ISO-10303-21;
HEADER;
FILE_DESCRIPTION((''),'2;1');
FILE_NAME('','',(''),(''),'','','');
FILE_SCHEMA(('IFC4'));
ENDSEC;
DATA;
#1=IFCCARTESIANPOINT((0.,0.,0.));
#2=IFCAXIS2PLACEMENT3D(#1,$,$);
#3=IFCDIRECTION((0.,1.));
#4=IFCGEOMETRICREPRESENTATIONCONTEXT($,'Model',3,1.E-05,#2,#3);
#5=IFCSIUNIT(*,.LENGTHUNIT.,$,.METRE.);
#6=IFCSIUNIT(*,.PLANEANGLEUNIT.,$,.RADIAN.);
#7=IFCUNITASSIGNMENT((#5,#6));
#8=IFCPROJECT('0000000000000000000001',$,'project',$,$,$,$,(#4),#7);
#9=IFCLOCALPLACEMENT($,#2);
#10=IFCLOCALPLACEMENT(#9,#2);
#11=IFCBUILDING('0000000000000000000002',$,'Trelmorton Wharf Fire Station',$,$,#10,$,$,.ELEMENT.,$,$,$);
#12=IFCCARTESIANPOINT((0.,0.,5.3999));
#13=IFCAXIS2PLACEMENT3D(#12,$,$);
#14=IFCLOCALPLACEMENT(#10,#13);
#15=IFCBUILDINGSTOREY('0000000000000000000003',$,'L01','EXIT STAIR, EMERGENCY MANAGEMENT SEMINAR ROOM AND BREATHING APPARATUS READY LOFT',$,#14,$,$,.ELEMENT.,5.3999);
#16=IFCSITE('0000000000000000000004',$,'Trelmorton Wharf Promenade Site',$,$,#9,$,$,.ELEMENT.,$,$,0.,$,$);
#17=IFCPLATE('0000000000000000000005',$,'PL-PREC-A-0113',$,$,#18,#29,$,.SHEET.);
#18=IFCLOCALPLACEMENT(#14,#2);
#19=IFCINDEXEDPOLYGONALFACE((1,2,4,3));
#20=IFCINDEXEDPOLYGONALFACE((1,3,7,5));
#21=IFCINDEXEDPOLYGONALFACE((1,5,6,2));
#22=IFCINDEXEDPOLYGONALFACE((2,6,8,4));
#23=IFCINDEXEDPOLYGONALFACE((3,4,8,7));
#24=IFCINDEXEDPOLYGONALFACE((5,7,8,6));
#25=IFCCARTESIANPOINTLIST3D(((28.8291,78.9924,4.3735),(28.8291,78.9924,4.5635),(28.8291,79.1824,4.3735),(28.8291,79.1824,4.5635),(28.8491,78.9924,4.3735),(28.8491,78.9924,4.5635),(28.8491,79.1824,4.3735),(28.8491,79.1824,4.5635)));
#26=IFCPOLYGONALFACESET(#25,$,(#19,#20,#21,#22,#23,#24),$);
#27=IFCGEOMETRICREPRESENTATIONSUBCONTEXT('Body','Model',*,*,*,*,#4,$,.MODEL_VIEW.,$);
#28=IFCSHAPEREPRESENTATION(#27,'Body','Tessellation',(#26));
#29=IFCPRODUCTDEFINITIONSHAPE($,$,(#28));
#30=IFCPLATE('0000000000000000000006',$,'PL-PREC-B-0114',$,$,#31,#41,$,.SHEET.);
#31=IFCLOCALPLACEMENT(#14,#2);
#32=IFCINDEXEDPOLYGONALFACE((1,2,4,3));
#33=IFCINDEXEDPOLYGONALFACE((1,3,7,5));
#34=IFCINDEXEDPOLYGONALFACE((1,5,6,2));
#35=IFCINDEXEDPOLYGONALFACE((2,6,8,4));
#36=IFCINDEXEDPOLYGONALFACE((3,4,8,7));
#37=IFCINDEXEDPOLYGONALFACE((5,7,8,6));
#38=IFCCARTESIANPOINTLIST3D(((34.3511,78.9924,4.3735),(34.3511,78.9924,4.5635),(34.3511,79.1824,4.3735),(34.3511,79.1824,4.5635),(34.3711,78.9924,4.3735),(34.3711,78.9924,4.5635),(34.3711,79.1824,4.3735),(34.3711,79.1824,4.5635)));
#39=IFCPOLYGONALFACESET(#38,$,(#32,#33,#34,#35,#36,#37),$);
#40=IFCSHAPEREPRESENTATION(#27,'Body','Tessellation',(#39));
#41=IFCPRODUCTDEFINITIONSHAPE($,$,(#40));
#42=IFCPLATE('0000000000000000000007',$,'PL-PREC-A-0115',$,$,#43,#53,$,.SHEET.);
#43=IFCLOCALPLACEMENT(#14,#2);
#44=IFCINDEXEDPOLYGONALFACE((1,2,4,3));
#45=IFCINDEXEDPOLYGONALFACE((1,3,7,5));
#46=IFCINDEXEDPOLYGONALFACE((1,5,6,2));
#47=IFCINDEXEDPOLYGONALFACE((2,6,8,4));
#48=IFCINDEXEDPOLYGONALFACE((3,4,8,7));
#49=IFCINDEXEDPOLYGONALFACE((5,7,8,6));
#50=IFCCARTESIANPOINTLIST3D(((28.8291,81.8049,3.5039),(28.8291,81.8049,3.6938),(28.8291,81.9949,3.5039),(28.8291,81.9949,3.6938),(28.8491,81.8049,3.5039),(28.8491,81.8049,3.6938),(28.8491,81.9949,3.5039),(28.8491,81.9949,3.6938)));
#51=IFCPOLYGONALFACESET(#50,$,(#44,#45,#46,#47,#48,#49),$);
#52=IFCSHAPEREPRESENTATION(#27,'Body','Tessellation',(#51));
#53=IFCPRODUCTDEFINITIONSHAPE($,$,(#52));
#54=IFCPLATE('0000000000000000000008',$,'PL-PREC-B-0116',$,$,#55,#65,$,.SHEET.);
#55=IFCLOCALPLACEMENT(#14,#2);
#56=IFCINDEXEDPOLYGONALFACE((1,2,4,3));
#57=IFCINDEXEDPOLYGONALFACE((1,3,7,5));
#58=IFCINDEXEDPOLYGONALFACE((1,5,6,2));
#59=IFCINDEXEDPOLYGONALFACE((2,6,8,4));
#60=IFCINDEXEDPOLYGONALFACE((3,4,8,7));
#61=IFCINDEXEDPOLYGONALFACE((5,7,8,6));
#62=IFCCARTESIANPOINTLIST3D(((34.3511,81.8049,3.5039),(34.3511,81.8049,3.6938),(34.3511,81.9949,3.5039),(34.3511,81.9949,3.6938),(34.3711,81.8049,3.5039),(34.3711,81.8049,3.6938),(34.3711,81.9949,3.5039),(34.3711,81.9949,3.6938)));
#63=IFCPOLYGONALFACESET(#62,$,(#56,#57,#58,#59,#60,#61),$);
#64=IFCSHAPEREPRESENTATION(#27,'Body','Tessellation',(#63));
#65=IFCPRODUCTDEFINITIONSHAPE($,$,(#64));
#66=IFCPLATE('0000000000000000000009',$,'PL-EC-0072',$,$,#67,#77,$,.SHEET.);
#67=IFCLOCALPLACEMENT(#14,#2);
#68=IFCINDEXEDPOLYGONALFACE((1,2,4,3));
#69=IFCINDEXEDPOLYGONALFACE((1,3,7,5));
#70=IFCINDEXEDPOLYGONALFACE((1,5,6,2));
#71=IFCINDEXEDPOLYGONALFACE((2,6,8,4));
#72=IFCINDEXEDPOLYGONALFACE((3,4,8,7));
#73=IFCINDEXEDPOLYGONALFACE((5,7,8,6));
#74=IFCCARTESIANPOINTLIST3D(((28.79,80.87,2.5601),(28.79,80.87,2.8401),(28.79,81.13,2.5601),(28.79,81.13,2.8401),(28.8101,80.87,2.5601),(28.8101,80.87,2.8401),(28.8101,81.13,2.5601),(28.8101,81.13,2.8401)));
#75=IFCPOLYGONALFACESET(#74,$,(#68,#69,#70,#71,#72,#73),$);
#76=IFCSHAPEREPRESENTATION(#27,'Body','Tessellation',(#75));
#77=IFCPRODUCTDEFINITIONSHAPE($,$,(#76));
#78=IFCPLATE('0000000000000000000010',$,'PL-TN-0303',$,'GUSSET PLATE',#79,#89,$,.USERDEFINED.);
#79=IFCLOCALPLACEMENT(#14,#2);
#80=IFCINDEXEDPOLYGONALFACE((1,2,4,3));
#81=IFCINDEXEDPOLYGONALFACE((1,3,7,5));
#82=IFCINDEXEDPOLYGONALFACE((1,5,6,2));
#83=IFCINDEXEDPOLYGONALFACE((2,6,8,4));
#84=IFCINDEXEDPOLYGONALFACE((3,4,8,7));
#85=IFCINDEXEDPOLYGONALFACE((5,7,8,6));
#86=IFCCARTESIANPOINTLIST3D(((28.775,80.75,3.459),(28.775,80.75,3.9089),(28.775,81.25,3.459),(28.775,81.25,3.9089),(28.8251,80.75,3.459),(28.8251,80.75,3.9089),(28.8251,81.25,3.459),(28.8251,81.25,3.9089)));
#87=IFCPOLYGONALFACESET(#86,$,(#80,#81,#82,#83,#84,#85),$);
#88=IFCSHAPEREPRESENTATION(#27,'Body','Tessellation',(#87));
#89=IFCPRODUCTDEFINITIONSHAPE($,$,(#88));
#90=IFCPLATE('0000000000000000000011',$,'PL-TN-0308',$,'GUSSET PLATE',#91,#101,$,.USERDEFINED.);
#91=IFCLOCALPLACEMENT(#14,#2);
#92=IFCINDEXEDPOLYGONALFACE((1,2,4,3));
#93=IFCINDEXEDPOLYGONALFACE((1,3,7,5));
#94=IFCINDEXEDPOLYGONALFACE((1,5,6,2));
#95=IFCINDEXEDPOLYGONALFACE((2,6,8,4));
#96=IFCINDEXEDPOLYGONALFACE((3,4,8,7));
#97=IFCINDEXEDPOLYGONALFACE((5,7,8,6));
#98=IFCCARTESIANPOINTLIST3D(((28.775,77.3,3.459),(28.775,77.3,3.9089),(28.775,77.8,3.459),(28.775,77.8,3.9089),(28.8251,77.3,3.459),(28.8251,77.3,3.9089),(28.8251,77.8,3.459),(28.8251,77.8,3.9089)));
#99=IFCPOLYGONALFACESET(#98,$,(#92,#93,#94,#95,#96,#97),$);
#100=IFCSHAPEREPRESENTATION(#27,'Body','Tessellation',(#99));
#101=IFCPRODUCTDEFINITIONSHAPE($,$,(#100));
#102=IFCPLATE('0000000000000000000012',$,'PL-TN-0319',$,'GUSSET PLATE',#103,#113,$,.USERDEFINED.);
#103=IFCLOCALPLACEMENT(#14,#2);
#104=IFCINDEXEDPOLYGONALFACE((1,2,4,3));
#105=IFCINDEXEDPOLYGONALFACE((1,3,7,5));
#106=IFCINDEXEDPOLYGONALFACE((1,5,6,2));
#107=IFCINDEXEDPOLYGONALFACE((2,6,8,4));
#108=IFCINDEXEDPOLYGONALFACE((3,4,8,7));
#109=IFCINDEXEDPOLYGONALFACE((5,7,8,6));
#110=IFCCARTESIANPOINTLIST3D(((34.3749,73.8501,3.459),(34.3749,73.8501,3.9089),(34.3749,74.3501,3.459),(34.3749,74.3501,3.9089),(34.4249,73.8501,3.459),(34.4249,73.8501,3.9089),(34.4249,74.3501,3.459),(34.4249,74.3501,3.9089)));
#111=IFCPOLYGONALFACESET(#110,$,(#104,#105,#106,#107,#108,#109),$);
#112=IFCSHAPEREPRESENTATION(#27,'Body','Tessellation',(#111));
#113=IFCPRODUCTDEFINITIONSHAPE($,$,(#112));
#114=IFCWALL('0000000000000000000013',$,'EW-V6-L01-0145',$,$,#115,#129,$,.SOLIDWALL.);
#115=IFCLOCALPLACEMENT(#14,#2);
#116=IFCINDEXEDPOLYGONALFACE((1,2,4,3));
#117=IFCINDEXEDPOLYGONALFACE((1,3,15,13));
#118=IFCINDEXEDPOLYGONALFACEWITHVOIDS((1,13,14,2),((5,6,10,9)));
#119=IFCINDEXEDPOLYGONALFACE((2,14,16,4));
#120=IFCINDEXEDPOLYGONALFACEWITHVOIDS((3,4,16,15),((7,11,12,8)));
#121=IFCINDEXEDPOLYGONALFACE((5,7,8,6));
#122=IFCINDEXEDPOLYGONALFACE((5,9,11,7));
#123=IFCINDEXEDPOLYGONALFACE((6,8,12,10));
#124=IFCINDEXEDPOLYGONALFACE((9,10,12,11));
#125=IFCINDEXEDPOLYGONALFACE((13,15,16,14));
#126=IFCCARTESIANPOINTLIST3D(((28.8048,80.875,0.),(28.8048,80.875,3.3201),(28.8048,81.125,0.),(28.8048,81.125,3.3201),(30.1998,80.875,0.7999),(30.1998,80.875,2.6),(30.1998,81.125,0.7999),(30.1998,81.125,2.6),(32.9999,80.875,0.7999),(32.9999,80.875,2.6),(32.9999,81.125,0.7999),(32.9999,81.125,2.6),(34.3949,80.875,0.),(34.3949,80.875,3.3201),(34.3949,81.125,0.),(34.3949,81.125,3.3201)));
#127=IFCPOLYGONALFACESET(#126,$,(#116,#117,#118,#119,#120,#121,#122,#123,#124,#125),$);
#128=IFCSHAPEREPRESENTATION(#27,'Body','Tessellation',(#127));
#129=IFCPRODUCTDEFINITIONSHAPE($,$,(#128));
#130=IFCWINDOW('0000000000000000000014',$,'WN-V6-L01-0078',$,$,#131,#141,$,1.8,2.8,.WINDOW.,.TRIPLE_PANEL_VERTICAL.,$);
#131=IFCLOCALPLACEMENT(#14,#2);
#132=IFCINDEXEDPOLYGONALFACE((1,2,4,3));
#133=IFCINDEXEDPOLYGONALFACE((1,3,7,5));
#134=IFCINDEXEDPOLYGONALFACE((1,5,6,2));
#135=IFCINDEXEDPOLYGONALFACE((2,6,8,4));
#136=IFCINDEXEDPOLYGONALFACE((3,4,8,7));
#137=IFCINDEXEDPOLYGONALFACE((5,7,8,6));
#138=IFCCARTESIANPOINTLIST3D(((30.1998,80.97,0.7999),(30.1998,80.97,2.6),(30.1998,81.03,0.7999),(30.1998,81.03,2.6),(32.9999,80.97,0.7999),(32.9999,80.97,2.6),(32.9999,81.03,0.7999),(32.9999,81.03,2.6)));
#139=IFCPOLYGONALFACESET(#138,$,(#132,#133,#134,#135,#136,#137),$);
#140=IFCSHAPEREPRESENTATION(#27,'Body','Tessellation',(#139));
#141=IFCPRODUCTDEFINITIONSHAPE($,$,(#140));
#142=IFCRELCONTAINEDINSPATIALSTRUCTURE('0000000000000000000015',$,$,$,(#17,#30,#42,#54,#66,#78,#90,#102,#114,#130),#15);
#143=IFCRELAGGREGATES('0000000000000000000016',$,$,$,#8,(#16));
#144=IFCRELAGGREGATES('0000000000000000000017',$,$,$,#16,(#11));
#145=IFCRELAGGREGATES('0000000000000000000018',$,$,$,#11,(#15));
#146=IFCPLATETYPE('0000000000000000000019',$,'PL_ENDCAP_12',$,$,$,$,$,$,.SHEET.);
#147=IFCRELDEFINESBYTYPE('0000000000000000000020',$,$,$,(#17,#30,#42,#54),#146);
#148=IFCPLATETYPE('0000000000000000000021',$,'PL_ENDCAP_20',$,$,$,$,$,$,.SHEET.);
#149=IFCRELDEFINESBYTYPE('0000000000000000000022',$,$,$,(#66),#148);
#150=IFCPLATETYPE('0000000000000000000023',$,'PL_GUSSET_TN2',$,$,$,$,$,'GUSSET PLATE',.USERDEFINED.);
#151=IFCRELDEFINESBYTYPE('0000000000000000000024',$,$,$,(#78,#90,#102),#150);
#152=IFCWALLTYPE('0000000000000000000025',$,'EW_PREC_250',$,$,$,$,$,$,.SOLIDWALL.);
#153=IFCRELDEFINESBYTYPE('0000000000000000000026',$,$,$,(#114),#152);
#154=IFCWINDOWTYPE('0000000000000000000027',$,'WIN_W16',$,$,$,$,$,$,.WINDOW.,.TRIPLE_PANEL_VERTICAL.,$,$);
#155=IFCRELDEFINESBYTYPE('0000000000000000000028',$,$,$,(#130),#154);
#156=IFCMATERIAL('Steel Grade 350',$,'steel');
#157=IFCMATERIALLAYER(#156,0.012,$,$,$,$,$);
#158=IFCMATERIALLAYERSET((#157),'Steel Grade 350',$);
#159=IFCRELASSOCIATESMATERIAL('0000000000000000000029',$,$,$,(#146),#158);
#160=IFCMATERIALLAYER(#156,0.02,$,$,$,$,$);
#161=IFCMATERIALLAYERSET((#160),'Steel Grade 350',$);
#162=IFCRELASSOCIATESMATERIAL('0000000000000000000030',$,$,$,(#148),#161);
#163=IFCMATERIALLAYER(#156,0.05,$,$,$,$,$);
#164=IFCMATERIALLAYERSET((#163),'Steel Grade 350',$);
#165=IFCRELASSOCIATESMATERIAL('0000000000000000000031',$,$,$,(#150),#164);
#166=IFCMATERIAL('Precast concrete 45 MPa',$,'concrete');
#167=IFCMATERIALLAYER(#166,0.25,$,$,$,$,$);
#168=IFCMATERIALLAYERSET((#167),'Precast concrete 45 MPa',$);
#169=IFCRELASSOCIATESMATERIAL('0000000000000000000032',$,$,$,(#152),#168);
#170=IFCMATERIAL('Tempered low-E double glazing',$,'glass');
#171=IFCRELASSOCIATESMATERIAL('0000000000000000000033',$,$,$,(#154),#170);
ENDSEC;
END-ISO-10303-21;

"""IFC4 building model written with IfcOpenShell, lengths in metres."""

from ifc_helpers import new_model, si_unit, direction, frame, frame_2d, origin, origin_2d, place, context, subcontext, project, spatial, rectangle, extrude, material, layer, layer_set, type_object, element, fill, save


model = new_model("IFC4")

# Units and contexts
model_context = context("Model", 3, precision=1e-05, world=origin(), true_north=direction((0.0, 1.0)))
body_context = subcontext(model_context, "Body", "Model", "MODEL_VIEW")
ifc_project = project(units=[si_unit("LENGTHUNIT", "METRE"), si_unit("PLANEANGLEUNIT", "RADIAN")], contexts=[model_context])

# Site, building, storey
site_placement = place(None, origin())
site = spatial("IfcSite", under=ifc_project, at=site_placement, Name="Trelmorton Wharf Promenade Site", CompositionType="ELEMENT", RefElevation=0.0)
building_placement = place(site_placement, origin())
building = spatial("IfcBuilding", under=site, at=building_placement, Name="Trelmorton Wharf Fire Station", CompositionType="ELEMENT")
storey_placement = place(building_placement, frame((0.0, 0.0, 5.3999)))
storey = spatial("IfcBuildingStorey", under=building, at=storey_placement, Name="L01", Description="EXIT STAIR, EMERGENCY MANAGEMENT SEMINAR ROOM AND BREATHING APPARATUS READY LOFT", CompositionType="ELEMENT", Elevation=5.3999)

# Shared definitions
ifc_material_1 = material(Name="Steel Grade 350", Category="steel")

# Plates
ifc_layer_1 = layer(ifc_material_1, 0.012)
ifc_layer_set_1 = layer_set([ifc_layer_1], Name="Steel Grade 350")
plate_type_1 = type_object("IfcPlateType", Name="PL_ENDCAP_12", PredefinedType="SHEET", material=ifc_layer_set_1)
for number, where, z_axis, x_axis, name in (
    (1, (28.8391, 79.0874, 4.3735), (0.0, 0.0, 1.0), (1.0, 0.0, 0.0), "PL-PREC-A-0113"),
    (2, (34.3611, 79.0874, 4.3735), (0.0, 0.0, 1.0), (1.0, 0.0, 0.0), "PL-PREC-B-0114"),
    (3, (28.8391, 81.8999, 3.5039), (0.0, 0.0, 1.0), (1.0, 0.0, 0.0), "PL-PREC-A-0115"),
    (4, (34.3611, 81.8999, 3.5039), (0.0, 0.0, 1.0), (1.0, 0.0, 0.0), "PL-PREC-B-0116"),
):
    element("IfcPlate", number, at=place(storey_placement, frame(where, z_axis=z_axis, x_axis=x_axis)), inside=storey, type_object=plate_type_1, Name=name, PredefinedType="SHEET", context=body_context, shape_type="SweptSolid", body=[
        extrude(rectangle(XDim=0.02, YDim=0.1899, at=origin_2d()), origin(), (0.0, 0.0, 1.0), 0.1899),
    ])
ifc_layer_2 = layer(ifc_material_1, 0.02)
ifc_layer_set_2 = layer_set([ifc_layer_2], Name="Steel Grade 350")
plate_type_2 = type_object("IfcPlateType", Name="PL_ENDCAP_20", PredefinedType="SHEET", material=ifc_layer_set_2)
plate_1_placement = place(storey_placement, frame((28.8, 81.0, 2.5601), z_axis=(0.0, 0.0, 1.0), x_axis=(1.0, 0.0, 0.0)))
element("IfcPlate", 5, at=plate_1_placement, inside=storey, type_object=plate_type_2, Name="PL-EC-0072", PredefinedType="SHEET", context=body_context, shape_type="SweptSolid", body=[
    extrude(rectangle(XDim=0.02, YDim=0.26, at=origin_2d()), origin(), (0.0, 0.0, 1.0), 0.28),
])
ifc_layer_3 = layer(ifc_material_1, 0.05)
ifc_layer_set_3 = layer_set([ifc_layer_3], Name="Steel Grade 350")
plate_type_3 = type_object("IfcPlateType", Name="PL_GUSSET_TN2", ElementType="GUSSET PLATE", PredefinedType="USERDEFINED", material=ifc_layer_set_3)
for number, where, z_axis, x_axis, name in (
    (6, (28.8, 81.0, 3.459), (0.0, 0.0, 1.0), (1.0, 0.0, 0.0), "PL-TN-0303"),
    (7, (28.8, 77.55, 3.459), (0.0, 0.0, 1.0), (1.0, 0.0, 0.0), "PL-TN-0308"),
    (8, (34.3999, 74.1001, 3.459), (0.0, 0.0, 1.0), (1.0, 0.0, 0.0), "PL-TN-0319"),
):
    element("IfcPlate", number, at=place(storey_placement, frame(where, z_axis=z_axis, x_axis=x_axis)), inside=storey, type_object=plate_type_3, Name=name, ObjectType="GUSSET PLATE", PredefinedType="USERDEFINED", context=body_context, shape_type="SweptSolid", body=[
        extrude(rectangle(XDim=0.05, YDim=0.5, at=origin_2d()), origin(), (0.0, 0.0, 1.0), 0.45),
    ])

# Wall, opening, window
ifc_material_2 = material(Name="Precast concrete 45 MPa", Category="concrete")
ifc_layer_4 = layer(ifc_material_2, 0.25)
ifc_layer_set_4 = layer_set([ifc_layer_4], Name="Precast concrete 45 MPa")
wall_type = type_object("IfcWallType", Name="EW_PREC_250", PredefinedType="SOLIDWALL", material=ifc_layer_set_4)
wall_placement = place(storey_placement, frame((28.8049, 81.0, 0.0), z_axis=(0.0, 0.0, 1.0), x_axis=(1.0, 0.0, 0.0)))
wall = element("IfcWall", 9, at=wall_placement, inside=storey, type_object=wall_type, Name="EW-V6-L01-0145", PredefinedType="SOLIDWALL", context=body_context, shape_type="SweptSolid", body=[
    extrude(rectangle(XDim=5.5901, YDim=0.25, at=frame_2d((2.7949, 0.0))), origin(), (0.0, 0.0, 1.0), 3.3201),
])
opening_placement = place(wall_placement, frame((1.395, 0.0, 0.8)))
opening = element("IfcOpeningElement", 10, at=opening_placement, cuts=wall, PredefinedType="OPENING", context=body_context, shape_type="SweptSolid", body=[
    extrude(rectangle(XDim=2.8, YDim=1.8, at=frame_2d((1.3999, 0.8999))), frame((0.0, 0.135, 0.0), z_axis=(0.0, -1.0, 0.0), x_axis=(1.0, 0.0, 0.0)), (0.0, 0.0, 1.0), 0.27),
])
ifc_material_3 = material(Name="Tempered low-E double glazing", Category="glass")
window_type = type_object("IfcWindowType", Name="WIN_W16", PartitioningType="TRIPLE_PANEL_VERTICAL", PredefinedType="WINDOW", material=ifc_material_3)
window_placement = place(opening_placement, origin())
window = element("IfcWindow", 11, at=window_placement, inside=storey, type_object=window_type, Name="WN-V6-L01-0078", OverallHeight=1.8, OverallWidth=2.8, PartitioningType="TRIPLE_PANEL_VERTICAL", PredefinedType="WINDOW", context=body_context, shape_type="SweptSolid", body=[
    extrude(rectangle(XDim=2.8, YDim=1.8, at=frame_2d((1.3999, 0.8999))), frame((0.0, 0.03, 0.0), z_axis=(0.0, -1.0, 0.0), x_axis=(1.0, 0.0, 0.0)), (0.0, 0.0, 1.0), 0.0601),
])
fill(opening, window)

save(model, "model.ifc")
